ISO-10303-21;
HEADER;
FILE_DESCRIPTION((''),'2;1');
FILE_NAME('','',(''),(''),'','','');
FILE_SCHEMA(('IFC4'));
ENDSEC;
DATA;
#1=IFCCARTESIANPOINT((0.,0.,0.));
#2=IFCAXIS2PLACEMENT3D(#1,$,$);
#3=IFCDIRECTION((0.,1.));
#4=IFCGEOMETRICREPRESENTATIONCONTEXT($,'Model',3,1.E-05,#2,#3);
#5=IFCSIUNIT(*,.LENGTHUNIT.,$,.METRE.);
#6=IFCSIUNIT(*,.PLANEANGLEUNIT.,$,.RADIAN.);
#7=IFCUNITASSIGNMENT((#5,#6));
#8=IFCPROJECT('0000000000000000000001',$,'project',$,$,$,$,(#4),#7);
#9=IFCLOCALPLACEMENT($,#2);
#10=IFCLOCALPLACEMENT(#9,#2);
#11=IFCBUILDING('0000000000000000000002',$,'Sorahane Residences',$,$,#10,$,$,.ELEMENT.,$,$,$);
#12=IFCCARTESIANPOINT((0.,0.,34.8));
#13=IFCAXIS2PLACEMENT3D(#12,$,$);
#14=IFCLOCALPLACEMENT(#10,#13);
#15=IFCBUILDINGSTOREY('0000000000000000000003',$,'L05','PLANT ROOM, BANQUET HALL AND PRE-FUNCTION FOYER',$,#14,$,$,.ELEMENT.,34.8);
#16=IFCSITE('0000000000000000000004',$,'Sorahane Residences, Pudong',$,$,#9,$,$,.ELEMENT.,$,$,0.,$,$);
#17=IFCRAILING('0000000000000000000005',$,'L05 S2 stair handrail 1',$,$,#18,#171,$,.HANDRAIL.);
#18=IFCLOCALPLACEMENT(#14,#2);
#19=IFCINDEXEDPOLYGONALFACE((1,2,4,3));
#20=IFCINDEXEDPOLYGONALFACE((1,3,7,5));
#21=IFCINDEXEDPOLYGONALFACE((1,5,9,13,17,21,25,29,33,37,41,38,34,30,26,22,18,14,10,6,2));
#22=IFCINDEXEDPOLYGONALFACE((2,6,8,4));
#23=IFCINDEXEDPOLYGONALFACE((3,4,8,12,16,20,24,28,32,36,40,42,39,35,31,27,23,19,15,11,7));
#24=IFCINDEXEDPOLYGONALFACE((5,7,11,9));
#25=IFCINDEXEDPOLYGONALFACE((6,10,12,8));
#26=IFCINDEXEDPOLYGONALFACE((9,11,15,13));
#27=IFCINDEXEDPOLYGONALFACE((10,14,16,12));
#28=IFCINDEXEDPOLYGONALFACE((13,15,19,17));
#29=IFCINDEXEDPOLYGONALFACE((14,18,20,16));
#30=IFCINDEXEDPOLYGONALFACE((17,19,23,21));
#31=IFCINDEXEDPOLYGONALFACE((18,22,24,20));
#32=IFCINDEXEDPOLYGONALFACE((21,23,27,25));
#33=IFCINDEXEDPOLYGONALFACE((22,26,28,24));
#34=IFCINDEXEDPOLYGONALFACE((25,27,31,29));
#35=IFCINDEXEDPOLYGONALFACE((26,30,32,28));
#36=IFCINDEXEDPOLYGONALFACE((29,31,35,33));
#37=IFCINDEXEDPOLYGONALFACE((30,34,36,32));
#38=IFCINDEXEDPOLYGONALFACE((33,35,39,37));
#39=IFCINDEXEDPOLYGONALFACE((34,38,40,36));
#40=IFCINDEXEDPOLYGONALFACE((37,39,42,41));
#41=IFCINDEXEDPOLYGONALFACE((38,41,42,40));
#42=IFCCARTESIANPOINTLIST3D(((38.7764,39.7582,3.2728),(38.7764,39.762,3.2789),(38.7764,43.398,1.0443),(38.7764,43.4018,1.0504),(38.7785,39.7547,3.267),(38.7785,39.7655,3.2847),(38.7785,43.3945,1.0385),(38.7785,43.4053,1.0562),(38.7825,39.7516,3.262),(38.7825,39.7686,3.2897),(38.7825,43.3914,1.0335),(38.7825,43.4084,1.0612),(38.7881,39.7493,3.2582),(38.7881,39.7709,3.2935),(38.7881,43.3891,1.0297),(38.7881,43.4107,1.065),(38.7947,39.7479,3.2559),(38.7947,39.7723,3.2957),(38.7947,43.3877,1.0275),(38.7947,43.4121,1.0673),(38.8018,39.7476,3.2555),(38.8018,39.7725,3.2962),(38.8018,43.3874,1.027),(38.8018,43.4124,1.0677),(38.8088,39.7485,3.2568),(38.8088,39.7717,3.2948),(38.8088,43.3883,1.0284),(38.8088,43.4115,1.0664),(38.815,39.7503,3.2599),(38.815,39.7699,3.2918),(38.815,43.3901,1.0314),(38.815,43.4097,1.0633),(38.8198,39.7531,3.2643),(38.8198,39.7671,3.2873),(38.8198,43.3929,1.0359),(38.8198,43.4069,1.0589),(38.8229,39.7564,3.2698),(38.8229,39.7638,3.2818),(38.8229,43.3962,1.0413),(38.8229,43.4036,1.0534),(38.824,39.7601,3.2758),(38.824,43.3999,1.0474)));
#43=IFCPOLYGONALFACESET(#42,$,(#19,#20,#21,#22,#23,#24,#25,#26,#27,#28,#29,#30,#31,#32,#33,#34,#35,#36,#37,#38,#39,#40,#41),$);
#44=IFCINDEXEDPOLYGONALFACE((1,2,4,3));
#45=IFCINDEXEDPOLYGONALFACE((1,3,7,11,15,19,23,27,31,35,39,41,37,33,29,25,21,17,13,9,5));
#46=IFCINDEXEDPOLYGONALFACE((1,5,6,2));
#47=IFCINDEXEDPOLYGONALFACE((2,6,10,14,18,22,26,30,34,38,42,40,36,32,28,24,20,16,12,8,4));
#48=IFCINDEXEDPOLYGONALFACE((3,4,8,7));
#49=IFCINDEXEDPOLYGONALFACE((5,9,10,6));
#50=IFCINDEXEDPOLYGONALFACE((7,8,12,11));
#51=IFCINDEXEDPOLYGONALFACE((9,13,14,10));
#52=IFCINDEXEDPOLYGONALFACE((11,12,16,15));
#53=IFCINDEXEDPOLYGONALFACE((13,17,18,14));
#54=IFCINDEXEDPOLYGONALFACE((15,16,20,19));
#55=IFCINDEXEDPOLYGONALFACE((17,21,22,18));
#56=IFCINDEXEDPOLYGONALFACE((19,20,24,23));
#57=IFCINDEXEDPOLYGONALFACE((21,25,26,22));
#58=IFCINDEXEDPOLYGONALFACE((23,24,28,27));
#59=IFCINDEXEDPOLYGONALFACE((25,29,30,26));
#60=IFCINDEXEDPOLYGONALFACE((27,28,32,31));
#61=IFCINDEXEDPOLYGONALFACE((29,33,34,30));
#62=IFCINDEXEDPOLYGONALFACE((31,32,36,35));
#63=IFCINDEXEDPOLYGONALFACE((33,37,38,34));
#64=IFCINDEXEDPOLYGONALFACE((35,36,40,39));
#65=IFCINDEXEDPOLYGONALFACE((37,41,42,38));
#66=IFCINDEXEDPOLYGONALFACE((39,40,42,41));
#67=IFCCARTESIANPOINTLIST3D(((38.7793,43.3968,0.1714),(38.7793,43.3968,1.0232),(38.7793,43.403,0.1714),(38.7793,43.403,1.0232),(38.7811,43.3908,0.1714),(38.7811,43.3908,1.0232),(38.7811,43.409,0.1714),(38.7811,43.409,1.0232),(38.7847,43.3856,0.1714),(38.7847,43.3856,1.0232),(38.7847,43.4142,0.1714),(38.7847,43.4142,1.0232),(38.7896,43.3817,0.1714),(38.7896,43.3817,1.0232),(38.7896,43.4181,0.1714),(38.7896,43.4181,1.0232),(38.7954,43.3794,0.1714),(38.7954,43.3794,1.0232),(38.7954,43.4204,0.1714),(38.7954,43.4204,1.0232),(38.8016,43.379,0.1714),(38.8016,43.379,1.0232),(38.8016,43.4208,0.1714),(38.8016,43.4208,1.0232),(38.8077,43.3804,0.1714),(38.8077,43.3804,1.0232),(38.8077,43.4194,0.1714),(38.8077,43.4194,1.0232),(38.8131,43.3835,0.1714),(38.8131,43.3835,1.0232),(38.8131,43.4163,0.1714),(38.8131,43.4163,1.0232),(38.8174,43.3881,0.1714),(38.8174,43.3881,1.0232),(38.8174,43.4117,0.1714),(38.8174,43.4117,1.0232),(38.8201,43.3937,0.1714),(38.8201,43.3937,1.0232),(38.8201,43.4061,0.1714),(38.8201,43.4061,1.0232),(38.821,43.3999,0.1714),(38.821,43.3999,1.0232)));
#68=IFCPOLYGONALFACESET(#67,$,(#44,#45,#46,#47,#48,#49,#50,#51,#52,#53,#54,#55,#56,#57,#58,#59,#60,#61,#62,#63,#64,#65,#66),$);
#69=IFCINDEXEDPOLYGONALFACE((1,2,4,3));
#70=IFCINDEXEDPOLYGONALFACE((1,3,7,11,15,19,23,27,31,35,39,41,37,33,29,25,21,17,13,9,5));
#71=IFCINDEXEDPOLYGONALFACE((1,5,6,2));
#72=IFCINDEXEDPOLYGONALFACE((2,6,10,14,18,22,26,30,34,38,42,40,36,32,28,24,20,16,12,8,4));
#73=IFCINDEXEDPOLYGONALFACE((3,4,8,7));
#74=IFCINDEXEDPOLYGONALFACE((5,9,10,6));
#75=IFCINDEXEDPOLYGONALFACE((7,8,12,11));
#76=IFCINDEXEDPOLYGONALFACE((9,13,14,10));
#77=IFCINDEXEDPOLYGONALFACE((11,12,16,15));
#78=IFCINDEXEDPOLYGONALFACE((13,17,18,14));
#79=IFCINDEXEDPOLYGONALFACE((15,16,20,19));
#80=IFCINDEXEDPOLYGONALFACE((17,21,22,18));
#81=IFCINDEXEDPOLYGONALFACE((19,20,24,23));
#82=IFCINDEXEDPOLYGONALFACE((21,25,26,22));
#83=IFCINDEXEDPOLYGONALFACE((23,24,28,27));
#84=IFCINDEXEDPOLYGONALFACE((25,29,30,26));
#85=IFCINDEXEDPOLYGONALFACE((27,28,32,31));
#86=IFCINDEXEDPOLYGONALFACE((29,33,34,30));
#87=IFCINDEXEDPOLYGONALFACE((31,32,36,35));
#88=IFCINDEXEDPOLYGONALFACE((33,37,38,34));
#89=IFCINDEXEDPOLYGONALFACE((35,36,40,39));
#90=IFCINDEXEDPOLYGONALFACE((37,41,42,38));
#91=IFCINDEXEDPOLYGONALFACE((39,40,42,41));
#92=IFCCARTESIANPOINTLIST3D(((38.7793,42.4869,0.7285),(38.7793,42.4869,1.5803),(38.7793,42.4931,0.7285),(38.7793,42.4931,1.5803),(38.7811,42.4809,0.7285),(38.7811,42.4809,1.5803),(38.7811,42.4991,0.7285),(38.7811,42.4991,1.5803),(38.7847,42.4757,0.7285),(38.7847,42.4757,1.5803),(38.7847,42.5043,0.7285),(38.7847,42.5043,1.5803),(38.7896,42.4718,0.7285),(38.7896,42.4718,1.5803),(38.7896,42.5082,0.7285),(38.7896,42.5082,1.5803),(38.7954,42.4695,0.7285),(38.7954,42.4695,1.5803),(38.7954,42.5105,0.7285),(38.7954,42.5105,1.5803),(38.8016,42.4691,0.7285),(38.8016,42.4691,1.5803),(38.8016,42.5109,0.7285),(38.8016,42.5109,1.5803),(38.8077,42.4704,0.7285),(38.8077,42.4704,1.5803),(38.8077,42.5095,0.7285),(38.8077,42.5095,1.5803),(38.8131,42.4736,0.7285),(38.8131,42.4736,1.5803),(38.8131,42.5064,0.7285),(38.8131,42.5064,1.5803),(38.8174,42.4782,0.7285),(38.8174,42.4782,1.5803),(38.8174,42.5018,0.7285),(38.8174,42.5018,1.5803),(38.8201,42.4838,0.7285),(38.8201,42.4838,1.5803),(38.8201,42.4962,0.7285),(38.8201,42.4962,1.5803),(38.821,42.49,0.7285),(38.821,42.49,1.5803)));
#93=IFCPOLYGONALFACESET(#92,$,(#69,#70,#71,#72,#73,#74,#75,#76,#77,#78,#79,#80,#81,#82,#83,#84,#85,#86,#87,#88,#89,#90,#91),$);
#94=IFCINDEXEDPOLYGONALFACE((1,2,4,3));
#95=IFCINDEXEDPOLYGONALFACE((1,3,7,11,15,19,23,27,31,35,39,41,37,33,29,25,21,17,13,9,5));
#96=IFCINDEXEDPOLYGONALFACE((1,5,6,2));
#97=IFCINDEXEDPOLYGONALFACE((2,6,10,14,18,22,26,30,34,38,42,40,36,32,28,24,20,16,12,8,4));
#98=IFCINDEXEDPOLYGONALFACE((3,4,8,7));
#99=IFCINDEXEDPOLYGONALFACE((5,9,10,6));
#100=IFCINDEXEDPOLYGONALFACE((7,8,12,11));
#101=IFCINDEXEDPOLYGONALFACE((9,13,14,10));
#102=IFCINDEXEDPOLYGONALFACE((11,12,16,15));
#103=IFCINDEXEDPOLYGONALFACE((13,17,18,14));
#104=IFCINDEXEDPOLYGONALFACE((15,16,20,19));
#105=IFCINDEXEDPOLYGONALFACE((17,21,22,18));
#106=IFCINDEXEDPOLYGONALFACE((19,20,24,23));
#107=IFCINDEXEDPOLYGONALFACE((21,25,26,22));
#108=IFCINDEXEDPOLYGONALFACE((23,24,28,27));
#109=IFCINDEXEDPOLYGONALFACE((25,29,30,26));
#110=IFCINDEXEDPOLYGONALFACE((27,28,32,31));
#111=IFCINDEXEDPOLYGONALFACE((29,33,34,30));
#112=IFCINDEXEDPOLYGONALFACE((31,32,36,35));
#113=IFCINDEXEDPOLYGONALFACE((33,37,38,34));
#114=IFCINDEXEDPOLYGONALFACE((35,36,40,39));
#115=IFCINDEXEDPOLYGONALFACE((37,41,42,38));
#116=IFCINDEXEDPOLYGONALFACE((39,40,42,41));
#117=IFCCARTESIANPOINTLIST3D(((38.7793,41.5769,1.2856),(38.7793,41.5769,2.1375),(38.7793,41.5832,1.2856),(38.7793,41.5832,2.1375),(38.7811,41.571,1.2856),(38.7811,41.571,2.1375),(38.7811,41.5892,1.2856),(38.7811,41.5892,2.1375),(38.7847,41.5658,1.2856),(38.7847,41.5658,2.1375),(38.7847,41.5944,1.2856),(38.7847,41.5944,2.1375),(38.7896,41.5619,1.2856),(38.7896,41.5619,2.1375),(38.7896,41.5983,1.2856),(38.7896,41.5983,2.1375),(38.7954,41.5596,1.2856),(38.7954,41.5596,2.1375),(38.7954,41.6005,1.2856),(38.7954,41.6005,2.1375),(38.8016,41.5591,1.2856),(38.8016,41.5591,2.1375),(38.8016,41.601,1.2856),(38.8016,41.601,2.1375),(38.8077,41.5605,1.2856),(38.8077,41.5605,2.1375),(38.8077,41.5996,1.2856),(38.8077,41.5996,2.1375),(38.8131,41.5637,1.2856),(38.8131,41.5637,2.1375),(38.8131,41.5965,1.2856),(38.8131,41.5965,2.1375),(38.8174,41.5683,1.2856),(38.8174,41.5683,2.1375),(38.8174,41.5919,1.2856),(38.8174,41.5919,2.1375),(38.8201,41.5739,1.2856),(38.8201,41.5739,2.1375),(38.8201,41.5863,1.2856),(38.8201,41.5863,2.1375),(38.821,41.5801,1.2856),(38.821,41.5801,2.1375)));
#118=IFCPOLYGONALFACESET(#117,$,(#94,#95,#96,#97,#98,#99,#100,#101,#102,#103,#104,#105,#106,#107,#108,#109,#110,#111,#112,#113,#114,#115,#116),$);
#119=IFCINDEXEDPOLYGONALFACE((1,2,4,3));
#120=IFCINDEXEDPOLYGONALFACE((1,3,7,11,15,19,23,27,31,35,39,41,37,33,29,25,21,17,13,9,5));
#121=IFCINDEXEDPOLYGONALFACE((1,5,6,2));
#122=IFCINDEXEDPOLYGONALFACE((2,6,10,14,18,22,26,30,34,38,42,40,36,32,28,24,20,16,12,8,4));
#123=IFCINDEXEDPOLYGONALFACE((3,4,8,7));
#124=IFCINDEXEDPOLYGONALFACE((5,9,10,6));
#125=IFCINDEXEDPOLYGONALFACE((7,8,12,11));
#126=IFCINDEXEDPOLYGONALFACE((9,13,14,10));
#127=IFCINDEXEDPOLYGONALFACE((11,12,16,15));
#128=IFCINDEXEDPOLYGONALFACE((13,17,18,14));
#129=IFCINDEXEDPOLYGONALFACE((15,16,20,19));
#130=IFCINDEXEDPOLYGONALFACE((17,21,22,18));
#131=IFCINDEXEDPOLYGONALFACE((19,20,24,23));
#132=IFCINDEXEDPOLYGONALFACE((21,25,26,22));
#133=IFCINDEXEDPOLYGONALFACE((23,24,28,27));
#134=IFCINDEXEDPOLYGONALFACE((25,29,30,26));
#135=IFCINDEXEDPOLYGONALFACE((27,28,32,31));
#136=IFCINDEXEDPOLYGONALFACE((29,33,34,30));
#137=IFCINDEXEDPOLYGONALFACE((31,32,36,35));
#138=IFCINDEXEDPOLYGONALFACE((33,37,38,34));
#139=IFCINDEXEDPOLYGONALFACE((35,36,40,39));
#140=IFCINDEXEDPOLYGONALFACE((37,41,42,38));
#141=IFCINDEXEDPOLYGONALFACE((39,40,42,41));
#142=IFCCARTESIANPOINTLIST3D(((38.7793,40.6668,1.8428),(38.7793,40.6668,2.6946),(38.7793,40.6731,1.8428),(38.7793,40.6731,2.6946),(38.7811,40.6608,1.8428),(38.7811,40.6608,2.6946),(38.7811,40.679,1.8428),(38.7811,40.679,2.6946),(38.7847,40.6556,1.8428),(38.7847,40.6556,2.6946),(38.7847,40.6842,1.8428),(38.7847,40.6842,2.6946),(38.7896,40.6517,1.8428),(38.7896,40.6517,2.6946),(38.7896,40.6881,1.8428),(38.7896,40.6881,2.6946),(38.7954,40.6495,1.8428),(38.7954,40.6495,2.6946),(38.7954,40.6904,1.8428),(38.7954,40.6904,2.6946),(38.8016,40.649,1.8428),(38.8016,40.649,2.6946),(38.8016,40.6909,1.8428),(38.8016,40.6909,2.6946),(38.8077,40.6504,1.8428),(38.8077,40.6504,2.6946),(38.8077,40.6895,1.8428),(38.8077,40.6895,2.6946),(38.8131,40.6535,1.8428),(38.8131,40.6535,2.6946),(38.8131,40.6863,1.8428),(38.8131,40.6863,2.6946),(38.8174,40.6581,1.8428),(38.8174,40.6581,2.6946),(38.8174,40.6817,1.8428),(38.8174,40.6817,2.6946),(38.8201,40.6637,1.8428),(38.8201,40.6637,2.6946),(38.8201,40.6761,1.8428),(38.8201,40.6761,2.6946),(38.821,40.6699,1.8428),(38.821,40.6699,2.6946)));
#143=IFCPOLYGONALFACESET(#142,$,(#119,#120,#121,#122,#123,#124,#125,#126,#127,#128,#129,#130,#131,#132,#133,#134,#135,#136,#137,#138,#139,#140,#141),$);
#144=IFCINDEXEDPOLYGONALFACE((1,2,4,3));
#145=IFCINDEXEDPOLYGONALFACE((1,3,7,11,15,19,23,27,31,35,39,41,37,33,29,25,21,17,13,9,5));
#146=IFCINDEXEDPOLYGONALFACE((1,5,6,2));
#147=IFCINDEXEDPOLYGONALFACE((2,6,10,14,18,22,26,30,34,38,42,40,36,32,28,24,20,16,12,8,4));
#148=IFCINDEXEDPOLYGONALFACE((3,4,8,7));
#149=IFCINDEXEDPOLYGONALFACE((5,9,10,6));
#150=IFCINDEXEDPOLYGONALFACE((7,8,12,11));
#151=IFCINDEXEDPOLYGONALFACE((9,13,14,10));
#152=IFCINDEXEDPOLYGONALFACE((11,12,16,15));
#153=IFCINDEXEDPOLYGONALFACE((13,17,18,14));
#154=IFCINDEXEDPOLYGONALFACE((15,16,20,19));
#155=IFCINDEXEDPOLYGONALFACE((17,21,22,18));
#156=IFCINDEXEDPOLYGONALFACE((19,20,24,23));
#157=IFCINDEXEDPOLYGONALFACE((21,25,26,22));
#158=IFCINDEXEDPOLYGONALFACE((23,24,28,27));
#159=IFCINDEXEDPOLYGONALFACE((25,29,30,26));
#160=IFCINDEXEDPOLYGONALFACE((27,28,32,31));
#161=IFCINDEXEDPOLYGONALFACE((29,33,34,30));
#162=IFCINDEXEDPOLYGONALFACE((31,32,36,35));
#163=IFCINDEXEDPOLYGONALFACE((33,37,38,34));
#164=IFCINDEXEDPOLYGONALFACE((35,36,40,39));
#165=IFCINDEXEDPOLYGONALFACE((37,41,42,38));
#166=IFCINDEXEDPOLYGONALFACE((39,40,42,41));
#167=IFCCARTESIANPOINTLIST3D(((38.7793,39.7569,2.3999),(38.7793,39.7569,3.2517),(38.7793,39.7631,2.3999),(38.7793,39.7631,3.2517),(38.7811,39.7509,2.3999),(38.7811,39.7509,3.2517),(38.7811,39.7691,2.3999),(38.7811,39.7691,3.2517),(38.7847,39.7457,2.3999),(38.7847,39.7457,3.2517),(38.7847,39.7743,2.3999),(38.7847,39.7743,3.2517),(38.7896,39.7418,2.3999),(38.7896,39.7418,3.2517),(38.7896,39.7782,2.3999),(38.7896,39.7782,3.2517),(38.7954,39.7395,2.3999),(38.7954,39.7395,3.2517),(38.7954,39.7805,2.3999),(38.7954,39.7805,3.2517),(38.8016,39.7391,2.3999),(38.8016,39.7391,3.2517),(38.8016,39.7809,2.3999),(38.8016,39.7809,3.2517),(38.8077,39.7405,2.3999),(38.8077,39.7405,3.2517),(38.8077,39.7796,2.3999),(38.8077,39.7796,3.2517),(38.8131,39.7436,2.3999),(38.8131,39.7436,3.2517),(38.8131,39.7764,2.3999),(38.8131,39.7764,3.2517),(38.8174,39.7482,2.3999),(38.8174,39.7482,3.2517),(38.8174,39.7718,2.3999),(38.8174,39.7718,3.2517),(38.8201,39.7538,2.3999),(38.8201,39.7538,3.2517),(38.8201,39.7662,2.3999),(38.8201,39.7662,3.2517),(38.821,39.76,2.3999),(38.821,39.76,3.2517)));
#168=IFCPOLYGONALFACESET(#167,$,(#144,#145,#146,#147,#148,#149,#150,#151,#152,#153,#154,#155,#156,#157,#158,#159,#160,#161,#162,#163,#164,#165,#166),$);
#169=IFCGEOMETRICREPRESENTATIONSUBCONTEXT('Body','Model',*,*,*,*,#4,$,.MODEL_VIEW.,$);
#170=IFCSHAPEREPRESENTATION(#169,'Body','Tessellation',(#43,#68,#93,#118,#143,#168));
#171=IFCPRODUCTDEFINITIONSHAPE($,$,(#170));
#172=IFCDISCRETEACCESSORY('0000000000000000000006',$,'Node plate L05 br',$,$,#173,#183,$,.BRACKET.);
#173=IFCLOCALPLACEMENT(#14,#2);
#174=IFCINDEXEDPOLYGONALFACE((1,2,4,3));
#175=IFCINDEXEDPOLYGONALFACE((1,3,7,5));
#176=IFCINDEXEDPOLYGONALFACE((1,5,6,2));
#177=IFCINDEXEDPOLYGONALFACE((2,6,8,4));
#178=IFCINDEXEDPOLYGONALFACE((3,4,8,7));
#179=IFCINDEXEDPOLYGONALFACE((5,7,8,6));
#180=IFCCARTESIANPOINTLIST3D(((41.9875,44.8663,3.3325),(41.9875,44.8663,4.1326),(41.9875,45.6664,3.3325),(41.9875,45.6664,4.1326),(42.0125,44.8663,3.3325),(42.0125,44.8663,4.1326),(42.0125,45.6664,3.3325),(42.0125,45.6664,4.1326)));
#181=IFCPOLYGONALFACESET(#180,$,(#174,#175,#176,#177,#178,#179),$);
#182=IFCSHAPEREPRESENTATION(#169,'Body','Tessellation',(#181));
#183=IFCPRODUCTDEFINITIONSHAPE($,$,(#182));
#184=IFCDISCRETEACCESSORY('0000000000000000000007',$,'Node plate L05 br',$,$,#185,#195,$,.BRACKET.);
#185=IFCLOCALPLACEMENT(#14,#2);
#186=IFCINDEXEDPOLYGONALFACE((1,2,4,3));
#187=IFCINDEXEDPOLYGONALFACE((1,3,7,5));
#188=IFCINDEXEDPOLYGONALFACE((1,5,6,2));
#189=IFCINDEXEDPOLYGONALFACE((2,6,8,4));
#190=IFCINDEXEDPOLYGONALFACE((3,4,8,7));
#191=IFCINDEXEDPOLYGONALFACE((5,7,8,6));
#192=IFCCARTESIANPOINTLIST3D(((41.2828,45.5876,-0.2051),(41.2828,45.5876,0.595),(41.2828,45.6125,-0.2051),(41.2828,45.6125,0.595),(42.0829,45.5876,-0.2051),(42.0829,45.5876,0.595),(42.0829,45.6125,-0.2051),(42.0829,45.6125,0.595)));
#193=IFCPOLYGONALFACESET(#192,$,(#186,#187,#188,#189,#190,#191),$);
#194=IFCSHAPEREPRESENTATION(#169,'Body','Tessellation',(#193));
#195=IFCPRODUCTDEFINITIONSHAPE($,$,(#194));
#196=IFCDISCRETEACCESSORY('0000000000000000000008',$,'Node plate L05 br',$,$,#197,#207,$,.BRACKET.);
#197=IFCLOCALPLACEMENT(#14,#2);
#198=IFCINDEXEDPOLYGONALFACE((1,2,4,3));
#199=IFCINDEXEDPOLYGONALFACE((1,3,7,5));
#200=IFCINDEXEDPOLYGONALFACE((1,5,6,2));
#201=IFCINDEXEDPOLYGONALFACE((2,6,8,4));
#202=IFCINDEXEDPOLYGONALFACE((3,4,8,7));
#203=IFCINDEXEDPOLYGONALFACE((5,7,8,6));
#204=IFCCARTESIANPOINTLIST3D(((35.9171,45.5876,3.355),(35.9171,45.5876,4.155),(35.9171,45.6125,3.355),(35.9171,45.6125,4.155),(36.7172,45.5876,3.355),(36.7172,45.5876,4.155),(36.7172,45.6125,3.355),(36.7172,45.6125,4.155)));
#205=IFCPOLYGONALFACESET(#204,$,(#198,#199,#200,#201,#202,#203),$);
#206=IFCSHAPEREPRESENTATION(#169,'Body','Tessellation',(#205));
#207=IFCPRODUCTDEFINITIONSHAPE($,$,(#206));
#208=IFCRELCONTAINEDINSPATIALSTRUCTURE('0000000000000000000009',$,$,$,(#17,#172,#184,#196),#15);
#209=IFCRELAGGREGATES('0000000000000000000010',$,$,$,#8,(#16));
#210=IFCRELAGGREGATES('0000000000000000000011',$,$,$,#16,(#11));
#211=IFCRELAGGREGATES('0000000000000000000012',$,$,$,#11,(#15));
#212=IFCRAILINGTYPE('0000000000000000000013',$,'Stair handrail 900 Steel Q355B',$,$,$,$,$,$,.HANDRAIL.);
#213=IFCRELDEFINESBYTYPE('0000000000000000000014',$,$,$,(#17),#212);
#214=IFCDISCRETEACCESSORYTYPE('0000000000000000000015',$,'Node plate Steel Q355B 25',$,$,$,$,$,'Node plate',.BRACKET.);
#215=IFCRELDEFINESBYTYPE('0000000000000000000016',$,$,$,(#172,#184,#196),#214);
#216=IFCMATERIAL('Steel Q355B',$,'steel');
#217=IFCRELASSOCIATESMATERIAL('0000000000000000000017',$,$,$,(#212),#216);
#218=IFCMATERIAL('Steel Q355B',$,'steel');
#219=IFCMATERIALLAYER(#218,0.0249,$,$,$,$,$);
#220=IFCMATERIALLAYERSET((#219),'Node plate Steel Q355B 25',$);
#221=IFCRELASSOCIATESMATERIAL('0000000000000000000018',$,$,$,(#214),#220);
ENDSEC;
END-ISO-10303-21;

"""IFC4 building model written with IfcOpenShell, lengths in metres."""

from ifc_helpers import new_model, si_unit, direction, frame, origin, origin_2d, place, context, subcontext, project, spatial, rectangle, circle, extrude, material, layer, layer_set, type_object, element, save


model = new_model("IFC4")

# Units and contexts
model_context = context("Model", 3, precision=1e-05, world=origin(), true_north=direction((0.0, 1.0)))
body_context = subcontext(model_context, "Body", "Model", "MODEL_VIEW")
ifc_project = project(units=[si_unit("LENGTHUNIT", "METRE"), si_unit("PLANEANGLEUNIT", "RADIAN")], contexts=[model_context])

# Site, building, storey
site_placement = place(None, origin())
site = spatial("IfcSite", under=ifc_project, at=site_placement, Name="Sorahane Residences, Pudong", CompositionType="ELEMENT", RefElevation=0.0)
building_placement = place(site_placement, origin())
building = spatial("IfcBuilding", under=site, at=building_placement, Name="Sorahane Residences", CompositionType="ELEMENT")
storey_placement = place(building_placement, frame((0.0, 0.0, 34.8)))
storey = spatial("IfcBuildingStorey", under=building, at=storey_placement, Name="L05", Description="PLANT ROOM, BANQUET HALL AND PRE-FUNCTION FOYER", CompositionType="ELEMENT", Elevation=34.8)

# Railing
ifc_material_1 = material(Name="Steel Q355B", Category="steel")
railing_type_1 = type_object("IfcRailingType", Name="Stair handrail 900 Steel Q355B", PredefinedType="HANDRAIL", material=ifc_material_1)
railing_1_placement = place(storey_placement, frame((38.8, 43.3999, 0.1714)))
element("IfcRailing", 1, at=railing_1_placement, inside=storey, type_object=railing_type_1, Name="L05 S2 stair handrail 1", PredefinedType="HANDRAIL", context=body_context, shape_type="SweptSolid", body=[
    extrude(circle(Radius=0.0239, at=origin_2d()), frame((0.0, 0.0, 0.876), z_axis=(0.0, -0.85285, 0.522156), x_axis=(1.0, 0.0, 0.0)), (0.0, 0.0, 1.0), 4.2678),
    extrude(circle(Radius=0.021, at=origin_2d()), origin(), (0.0, 0.0, 1.0), 0.8518),
    extrude(circle(Radius=0.021, at=origin_2d()), frame((0.0, -0.9099, 0.5571)), (0.0, 0.0, 1.0), 0.8518),
    extrude(circle(Radius=0.021, at=origin_2d()), frame((0.0, -1.8198, 1.1143)), (0.0, 0.0, 1.0), 0.8518),
    extrude(circle(Radius=0.021, at=origin_2d()), frame((0.0, -2.73, 1.6714)), (0.0, 0.0, 1.0), 0.8518),
    extrude(circle(Radius=0.021, at=origin_2d()), frame((0.0, -3.6399, 2.2285)), (0.0, 0.0, 1.0), 0.8518),
])

# Discrete accessories
ifc_material_2 = material(Name="Steel Q355B", Category="steel")
ifc_layer_1 = layer(ifc_material_2, 0.0249)
ifc_layer_set_1 = layer_set([ifc_layer_1], Name="Node plate Steel Q355B 25")
discrete_accessory_type = type_object("IfcDiscreteAccessoryType", Name="Node plate Steel Q355B 25", ElementType="Node plate", PredefinedType="BRACKET", material=ifc_layer_set_1)
for number, where, z_axis, x_axis, name in (
    (2, (42.0, 45.2664, 3.3325), (0.0, 0.0, 1.0), (0.0, 1.0, 0.0), "Node plate L05 br"),
    (3, (41.6829, 45.6001, -0.2051), (0.0, 0.0, 1.0), (1.0, 0.0, 0.0), "Node plate L05 br"),
    (4, (36.3171, 45.6001, 3.355), (0.0, 0.0, 1.0), (1.0, 0.0, 0.0), "Node plate L05 br"),
):
    element("IfcDiscreteAccessory", number, at=place(storey_placement, frame(where, z_axis=z_axis, x_axis=x_axis)), inside=storey, type_object=discrete_accessory_type, Name=name, PredefinedType="BRACKET", context=body_context, shape_type="SweptSolid", body=[
        extrude(rectangle(XDim=0.8, YDim=0.0249, at=origin_2d()), origin(), (0.0, 0.0, 1.0), 0.8),
    ])

save(model, "model.ifc")
